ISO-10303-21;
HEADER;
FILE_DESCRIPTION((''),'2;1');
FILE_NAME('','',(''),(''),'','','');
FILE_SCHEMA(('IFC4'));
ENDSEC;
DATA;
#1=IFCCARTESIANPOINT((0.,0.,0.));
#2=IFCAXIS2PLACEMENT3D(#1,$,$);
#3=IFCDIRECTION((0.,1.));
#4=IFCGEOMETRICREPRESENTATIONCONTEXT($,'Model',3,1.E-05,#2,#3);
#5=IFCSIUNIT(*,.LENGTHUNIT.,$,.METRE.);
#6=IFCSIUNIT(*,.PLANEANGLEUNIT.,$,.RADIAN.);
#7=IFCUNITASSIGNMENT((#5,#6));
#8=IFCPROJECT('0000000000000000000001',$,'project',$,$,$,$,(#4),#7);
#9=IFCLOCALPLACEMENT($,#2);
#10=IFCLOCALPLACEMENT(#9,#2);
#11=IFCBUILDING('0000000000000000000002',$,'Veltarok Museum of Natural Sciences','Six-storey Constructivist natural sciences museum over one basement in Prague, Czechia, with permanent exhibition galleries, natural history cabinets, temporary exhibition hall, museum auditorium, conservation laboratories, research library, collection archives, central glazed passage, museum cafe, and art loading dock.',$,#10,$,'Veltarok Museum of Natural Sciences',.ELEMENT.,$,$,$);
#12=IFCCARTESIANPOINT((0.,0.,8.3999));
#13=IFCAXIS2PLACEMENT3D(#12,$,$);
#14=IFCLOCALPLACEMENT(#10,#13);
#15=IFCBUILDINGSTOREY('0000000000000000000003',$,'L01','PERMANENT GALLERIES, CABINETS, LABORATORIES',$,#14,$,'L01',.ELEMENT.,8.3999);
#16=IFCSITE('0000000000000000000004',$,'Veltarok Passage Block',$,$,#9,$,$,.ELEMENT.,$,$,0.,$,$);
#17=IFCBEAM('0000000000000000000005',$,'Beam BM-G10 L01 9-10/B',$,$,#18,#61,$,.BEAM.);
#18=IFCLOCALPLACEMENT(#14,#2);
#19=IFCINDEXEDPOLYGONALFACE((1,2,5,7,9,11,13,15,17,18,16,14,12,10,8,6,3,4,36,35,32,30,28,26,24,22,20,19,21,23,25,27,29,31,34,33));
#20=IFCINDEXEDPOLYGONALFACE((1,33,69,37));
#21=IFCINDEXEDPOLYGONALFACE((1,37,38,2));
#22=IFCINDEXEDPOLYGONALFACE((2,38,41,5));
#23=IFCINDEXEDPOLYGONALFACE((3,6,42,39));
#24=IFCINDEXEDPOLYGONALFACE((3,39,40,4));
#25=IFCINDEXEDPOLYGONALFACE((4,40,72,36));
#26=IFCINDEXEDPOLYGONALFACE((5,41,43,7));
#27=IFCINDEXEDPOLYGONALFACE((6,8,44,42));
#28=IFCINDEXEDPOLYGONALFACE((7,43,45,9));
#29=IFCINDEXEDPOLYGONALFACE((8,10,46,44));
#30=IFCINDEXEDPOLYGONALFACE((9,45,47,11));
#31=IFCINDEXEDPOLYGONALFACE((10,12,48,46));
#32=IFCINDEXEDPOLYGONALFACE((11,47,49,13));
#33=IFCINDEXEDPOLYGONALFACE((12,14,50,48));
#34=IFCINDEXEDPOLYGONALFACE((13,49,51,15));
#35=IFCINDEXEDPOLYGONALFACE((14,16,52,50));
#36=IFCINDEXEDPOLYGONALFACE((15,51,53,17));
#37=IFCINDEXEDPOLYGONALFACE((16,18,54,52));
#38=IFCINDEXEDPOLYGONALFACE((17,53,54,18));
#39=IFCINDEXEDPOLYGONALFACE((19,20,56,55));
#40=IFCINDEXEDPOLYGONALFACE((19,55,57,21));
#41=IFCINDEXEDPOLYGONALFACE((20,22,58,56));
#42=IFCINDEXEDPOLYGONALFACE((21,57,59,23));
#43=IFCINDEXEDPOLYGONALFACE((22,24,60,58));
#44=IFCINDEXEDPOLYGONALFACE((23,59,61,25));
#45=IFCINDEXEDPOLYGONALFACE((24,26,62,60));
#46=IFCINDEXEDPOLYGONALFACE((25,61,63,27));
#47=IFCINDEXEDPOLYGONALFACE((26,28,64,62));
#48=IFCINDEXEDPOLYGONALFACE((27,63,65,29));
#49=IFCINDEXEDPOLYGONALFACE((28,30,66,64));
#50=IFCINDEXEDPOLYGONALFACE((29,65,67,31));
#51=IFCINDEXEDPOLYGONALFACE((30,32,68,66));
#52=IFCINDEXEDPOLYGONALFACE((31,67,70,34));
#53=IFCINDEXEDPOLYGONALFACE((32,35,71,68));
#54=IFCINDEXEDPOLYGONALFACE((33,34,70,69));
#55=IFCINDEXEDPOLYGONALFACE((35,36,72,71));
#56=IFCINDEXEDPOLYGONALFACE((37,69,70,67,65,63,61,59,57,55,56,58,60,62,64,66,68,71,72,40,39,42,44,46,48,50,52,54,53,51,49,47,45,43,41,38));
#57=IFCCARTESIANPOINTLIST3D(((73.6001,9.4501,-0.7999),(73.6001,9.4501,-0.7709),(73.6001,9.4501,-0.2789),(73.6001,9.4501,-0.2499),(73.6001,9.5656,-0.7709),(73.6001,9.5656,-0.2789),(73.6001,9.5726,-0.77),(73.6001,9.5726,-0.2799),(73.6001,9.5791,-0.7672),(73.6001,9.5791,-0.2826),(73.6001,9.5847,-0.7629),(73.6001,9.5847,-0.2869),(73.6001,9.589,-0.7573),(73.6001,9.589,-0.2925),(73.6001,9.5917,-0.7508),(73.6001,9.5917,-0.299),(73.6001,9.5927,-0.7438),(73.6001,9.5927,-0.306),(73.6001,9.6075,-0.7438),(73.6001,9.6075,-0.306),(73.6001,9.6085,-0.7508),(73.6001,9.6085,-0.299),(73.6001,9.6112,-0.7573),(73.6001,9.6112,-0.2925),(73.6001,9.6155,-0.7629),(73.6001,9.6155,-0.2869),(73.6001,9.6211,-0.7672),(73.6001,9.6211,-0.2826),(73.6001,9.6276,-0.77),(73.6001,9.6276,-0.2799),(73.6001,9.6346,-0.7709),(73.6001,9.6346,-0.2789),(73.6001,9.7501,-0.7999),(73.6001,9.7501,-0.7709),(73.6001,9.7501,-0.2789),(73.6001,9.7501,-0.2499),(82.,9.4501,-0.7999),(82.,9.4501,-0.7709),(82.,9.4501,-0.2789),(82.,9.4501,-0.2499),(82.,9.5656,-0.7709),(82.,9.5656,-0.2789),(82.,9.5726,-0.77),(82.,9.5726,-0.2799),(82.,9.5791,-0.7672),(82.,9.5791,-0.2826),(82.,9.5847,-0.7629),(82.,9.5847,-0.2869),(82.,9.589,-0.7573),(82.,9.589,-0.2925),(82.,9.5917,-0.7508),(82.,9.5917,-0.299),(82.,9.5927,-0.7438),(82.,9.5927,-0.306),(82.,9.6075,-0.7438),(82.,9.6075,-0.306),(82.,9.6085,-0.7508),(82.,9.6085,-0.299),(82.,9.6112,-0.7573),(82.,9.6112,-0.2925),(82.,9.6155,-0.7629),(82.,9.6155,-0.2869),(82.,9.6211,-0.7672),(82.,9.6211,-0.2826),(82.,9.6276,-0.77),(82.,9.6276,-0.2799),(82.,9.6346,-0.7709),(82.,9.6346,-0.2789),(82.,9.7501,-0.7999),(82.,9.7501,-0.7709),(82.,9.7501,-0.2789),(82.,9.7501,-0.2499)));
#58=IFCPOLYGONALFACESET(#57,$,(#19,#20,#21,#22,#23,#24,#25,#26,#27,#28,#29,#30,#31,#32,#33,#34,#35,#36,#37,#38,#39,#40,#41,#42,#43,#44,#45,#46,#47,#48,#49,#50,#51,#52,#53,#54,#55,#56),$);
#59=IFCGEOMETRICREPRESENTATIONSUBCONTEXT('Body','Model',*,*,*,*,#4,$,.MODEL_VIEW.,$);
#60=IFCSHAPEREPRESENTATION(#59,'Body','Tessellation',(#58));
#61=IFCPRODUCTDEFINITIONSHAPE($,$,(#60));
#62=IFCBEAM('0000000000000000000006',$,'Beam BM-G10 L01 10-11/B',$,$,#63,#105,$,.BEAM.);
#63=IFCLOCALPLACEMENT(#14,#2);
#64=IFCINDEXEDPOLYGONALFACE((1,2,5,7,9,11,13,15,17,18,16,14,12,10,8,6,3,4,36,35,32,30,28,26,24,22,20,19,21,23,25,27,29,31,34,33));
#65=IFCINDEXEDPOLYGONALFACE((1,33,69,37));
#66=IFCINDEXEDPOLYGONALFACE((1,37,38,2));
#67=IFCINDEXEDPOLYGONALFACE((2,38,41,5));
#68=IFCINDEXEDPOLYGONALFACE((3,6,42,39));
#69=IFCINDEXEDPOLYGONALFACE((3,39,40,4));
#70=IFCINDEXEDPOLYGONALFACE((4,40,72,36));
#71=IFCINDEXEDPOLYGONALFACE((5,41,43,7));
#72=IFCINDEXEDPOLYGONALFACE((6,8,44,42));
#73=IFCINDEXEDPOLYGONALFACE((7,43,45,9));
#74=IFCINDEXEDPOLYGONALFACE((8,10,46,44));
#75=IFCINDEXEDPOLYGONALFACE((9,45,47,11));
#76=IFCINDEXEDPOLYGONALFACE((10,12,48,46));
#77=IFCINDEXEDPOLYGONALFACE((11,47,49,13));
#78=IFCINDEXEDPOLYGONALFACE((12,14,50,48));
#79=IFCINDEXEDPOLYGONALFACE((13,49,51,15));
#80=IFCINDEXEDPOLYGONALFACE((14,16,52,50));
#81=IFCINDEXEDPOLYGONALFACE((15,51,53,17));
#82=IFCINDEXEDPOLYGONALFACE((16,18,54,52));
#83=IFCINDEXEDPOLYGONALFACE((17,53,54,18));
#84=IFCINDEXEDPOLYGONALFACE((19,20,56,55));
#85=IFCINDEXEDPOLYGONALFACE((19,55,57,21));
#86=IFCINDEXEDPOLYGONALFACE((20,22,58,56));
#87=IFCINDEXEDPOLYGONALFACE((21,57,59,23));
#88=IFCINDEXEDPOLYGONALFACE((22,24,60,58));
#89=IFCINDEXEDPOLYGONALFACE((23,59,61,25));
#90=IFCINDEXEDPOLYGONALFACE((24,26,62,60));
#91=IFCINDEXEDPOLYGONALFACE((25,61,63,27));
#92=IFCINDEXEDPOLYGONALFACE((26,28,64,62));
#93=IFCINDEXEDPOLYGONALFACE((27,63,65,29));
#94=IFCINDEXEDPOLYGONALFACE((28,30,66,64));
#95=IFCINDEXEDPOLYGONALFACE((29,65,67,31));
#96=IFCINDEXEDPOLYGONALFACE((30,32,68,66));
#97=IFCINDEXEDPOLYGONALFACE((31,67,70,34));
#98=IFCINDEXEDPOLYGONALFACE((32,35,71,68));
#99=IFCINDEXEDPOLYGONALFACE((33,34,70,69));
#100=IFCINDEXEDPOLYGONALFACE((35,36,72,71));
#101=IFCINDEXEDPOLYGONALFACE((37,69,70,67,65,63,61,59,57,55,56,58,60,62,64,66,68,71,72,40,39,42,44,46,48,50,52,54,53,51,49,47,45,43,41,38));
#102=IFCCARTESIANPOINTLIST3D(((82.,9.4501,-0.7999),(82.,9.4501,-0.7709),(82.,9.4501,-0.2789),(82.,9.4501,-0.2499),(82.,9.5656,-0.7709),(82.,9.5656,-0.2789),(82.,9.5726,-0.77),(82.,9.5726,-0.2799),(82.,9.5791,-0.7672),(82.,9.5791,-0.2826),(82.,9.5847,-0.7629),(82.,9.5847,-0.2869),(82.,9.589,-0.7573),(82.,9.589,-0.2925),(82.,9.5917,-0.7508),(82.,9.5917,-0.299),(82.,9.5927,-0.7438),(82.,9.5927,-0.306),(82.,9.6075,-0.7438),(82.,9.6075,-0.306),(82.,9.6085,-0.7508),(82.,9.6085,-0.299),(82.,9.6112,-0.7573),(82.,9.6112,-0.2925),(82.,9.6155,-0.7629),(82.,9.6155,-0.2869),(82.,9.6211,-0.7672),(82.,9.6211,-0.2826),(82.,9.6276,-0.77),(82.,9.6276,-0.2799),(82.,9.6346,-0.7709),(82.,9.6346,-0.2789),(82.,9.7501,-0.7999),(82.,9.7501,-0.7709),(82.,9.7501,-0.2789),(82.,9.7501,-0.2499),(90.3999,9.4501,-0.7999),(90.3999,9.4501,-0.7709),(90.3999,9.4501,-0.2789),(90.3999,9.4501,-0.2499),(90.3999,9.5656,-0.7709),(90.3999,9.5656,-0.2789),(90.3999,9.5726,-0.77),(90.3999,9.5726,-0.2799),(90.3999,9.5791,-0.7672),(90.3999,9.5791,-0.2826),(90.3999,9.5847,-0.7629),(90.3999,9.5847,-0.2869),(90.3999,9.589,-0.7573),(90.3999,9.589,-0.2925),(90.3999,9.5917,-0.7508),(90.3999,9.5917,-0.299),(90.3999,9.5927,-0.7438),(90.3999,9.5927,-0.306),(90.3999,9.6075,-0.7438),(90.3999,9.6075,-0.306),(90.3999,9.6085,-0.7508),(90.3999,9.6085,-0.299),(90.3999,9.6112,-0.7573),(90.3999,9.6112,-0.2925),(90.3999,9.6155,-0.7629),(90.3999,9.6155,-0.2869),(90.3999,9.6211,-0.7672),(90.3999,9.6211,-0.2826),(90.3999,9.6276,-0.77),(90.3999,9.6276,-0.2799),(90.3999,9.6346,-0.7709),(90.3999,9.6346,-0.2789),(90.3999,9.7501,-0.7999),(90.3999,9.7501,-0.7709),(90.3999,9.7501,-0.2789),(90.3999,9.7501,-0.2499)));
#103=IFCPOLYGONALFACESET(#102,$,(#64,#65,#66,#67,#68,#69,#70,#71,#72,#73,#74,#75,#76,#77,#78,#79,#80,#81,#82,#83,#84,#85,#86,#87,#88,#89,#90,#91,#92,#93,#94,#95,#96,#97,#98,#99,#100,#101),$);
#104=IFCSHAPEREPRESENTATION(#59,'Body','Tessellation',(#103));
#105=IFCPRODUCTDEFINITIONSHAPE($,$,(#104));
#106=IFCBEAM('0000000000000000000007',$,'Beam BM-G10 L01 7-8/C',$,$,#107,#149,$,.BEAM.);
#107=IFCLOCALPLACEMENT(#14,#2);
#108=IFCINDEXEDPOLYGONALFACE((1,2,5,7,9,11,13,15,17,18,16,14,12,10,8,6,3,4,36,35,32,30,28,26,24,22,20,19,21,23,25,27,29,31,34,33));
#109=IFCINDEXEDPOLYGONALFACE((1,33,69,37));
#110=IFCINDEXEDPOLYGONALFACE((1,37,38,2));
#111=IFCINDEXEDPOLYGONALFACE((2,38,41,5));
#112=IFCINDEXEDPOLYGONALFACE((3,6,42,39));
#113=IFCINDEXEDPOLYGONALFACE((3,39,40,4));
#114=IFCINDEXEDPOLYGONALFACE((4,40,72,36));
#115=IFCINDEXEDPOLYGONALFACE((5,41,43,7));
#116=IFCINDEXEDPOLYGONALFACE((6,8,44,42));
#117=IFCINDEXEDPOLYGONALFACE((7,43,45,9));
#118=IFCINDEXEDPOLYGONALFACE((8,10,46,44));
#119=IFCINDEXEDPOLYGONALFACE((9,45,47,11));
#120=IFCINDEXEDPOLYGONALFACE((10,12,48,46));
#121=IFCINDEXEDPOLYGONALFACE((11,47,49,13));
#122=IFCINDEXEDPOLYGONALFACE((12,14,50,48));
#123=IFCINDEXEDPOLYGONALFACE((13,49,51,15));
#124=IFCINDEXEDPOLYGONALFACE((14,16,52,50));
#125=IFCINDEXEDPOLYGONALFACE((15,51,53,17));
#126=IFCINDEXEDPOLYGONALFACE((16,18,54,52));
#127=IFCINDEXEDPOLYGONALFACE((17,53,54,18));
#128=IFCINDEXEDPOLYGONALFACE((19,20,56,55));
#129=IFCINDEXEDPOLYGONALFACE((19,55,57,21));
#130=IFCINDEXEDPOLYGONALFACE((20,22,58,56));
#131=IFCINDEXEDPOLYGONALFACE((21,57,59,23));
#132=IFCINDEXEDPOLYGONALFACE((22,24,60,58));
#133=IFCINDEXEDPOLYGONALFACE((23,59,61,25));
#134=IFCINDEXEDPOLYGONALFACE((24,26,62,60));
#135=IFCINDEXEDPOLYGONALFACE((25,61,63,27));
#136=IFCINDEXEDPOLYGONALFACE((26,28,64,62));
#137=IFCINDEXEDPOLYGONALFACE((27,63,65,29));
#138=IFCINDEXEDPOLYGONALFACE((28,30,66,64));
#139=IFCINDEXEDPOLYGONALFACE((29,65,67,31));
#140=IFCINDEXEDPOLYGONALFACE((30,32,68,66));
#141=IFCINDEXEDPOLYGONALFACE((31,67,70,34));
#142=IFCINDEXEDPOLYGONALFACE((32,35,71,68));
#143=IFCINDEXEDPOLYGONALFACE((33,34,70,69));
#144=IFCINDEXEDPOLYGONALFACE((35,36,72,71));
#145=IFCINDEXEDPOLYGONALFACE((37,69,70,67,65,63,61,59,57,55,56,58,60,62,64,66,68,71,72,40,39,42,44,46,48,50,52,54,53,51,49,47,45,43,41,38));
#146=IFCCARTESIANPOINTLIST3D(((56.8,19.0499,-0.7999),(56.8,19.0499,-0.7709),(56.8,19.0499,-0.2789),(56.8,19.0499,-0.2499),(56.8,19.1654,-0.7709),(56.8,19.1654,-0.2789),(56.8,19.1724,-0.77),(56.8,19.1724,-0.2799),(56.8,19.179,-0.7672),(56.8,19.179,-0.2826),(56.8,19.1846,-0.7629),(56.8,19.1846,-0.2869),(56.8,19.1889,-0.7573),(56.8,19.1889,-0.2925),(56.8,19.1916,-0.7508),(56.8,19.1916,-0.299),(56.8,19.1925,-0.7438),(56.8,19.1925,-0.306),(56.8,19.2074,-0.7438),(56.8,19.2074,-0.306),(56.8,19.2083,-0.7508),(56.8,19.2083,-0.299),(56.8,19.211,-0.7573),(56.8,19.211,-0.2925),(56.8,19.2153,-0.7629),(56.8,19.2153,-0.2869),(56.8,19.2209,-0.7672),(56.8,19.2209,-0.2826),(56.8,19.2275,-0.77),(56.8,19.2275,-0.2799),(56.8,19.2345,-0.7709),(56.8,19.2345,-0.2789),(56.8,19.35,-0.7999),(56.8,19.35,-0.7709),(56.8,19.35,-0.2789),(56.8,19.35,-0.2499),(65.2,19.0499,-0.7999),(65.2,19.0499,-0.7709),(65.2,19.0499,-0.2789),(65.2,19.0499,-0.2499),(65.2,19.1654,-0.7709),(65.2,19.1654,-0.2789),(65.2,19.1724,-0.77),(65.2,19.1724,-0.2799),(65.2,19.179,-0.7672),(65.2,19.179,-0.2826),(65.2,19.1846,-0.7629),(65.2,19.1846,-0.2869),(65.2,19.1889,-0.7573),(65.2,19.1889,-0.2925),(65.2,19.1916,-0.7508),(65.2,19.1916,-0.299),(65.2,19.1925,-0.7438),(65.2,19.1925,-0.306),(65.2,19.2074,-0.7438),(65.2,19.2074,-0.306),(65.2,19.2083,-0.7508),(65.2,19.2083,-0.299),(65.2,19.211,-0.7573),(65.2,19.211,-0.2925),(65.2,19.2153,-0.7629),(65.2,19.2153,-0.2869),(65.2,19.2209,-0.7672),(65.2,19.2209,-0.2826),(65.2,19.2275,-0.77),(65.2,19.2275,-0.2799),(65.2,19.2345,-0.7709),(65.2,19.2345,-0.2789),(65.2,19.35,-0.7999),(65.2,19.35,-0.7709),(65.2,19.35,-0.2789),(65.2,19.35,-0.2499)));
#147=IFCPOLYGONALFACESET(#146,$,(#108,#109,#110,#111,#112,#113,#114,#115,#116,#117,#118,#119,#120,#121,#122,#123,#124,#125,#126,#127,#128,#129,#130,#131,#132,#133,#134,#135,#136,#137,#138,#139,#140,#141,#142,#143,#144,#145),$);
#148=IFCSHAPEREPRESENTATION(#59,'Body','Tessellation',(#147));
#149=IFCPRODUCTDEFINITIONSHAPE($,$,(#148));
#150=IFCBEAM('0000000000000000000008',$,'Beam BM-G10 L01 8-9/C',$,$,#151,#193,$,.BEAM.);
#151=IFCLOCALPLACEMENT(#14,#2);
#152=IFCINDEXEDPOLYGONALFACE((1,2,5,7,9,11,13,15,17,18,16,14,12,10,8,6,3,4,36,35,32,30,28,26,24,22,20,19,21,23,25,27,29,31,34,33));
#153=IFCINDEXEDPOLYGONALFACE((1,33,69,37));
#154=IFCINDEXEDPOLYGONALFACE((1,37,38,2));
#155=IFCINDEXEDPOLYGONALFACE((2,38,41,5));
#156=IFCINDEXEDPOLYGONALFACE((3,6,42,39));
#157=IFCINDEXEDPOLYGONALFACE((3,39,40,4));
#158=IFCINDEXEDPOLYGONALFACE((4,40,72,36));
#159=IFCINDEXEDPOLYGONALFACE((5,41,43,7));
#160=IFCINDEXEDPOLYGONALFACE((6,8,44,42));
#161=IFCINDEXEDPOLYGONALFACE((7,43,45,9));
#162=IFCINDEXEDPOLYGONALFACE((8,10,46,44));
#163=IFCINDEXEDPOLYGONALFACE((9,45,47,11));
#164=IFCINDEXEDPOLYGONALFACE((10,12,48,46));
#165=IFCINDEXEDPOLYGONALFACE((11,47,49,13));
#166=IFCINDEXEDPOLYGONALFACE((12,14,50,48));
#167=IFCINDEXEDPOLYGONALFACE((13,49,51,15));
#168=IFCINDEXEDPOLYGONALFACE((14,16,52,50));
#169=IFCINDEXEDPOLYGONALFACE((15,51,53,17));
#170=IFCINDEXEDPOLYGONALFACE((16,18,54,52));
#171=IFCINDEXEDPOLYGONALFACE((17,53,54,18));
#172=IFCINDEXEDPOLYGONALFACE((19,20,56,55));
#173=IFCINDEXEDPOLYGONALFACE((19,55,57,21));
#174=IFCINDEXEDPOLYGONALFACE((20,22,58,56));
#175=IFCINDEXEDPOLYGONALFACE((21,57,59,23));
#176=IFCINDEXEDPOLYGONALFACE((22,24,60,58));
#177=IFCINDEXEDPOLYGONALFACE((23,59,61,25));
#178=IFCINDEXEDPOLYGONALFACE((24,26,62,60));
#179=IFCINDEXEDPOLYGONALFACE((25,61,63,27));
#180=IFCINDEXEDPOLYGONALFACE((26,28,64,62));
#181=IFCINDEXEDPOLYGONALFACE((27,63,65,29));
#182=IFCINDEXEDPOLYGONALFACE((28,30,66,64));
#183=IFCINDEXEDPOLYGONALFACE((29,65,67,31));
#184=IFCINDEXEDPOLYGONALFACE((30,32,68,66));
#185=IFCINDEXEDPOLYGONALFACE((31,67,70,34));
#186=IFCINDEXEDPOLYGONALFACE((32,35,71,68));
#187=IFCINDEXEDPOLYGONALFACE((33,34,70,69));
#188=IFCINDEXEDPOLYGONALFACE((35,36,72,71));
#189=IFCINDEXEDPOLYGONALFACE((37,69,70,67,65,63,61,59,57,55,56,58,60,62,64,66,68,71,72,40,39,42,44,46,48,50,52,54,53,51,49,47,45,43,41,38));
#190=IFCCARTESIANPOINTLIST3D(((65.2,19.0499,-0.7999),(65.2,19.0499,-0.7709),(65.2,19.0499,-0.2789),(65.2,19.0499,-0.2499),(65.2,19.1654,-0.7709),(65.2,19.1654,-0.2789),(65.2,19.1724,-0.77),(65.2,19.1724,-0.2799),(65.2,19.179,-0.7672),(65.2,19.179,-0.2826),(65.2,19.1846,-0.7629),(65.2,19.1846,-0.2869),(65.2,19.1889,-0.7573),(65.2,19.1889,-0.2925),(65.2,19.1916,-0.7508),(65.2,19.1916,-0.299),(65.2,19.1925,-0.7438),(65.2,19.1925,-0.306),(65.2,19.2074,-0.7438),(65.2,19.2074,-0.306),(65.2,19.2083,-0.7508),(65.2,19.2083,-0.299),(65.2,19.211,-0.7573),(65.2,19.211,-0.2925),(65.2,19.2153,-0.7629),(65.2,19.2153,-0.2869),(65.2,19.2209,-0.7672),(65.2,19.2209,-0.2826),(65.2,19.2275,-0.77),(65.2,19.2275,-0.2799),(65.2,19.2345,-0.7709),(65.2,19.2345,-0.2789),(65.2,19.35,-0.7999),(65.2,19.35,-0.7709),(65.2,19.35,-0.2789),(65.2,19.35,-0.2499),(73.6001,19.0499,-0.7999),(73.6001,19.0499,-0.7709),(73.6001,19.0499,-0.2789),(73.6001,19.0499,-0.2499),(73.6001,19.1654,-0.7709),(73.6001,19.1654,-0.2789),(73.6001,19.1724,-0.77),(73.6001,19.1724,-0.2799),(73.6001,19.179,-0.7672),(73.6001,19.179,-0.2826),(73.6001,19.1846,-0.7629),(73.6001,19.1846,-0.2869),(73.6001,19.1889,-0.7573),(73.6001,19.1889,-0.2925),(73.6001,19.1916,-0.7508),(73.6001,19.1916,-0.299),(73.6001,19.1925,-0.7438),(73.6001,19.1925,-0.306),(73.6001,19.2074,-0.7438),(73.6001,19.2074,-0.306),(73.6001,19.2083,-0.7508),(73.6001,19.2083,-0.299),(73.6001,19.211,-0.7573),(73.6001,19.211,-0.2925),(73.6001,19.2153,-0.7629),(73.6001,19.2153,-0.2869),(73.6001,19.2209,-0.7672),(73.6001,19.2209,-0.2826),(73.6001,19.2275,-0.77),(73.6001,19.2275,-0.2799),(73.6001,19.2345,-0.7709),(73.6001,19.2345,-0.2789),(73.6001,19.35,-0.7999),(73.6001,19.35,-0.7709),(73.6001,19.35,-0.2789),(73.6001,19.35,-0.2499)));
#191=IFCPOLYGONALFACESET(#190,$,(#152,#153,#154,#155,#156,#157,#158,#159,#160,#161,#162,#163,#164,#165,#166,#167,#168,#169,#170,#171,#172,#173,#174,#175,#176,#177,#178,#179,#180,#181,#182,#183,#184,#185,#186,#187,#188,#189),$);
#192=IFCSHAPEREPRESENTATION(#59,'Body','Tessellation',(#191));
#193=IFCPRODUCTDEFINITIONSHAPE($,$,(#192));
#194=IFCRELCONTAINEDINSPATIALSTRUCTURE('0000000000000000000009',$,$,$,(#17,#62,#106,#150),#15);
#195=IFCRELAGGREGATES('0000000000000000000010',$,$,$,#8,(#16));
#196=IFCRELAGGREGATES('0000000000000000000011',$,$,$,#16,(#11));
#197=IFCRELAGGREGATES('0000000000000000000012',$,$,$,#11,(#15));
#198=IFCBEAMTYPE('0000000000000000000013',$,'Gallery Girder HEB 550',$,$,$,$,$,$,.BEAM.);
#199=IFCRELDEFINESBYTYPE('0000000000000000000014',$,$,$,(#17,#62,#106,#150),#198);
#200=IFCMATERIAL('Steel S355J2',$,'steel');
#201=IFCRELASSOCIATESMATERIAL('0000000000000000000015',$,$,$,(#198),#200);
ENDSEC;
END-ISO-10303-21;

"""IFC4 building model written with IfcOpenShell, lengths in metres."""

from ifc_helpers import new_model, si_unit, direction, frame, origin, origin_2d, place, context, subcontext, project, spatial, i_section, extrude, material, material_profile, profile_set, type_object, element, save


model = new_model("IFC4")

# Units and contexts
model_context = context("Model", 3, precision=1e-05, world=origin(), true_north=direction((0.0, 1.0)))
body_context = subcontext(model_context, "Body", "Model", "MODEL_VIEW")
ifc_project = project(units=[si_unit("LENGTHUNIT", "METRE"), si_unit("PLANEANGLEUNIT", "RADIAN")], contexts=[model_context])

# Site, building, storey
site_placement = place(None, origin())
site = spatial("IfcSite", under=ifc_project, at=site_placement, Name="Veltarok Passage Block", CompositionType="ELEMENT", RefElevation=0.0)
building_placement = place(site_placement, origin())
building = spatial("IfcBuilding", under=site, at=building_placement, Name="Veltarok Museum of Natural Sciences", Description="Six-storey Constructivist natural sciences museum over one basement in Prague, Czechia, with permanent exhibition galleries, natural history cabinets, temporary exhibition hall, museum auditorium, conservation laboratories, research library, collection archives, central glazed passage, museum cafe, and art loading dock.", LongName="Veltarok Museum of Natural Sciences", CompositionType="ELEMENT")
storey_placement = place(building_placement, frame((0.0, 0.0, 8.3999)))
storey = spatial("IfcBuildingStorey", under=building, at=storey_placement, Name="L01", Description="PERMANENT GALLERIES, CABINETS, LABORATORIES", LongName="L01", CompositionType="ELEMENT", Elevation=8.3999)

# Shared definitions
ifc_material_1 = material(Name="Steel S355J2", Category="steel")

# Beams
ifc_material_profile_1 = material_profile(ifc_material_1, i_section(OverallWidth=0.3, OverallDepth=0.55, WebThickness=0.0149, FlangeThickness=0.0291, FilletRadius=0.0271, at=origin_2d()), Name="HEB 550")
ifc_profile_set_1 = profile_set([ifc_material_profile_1], Name="Steel S355J2")
beam_type_1 = type_object("IfcBeamType", Name="Gallery Girder HEB 550", PredefinedType="BEAM", material=ifc_profile_set_1)
for number, where, z_axis, x_axis, name in (
    (1, (73.6001, 9.6001, -0.5249), (1.0, 0.0, 0.0), (0.0, 1.0, 0.0), "Beam BM-G10 L01 9-10/B"),
    (2, (82.0, 9.6001, -0.5249), (1.0, 0.0, 0.0), (0.0, 1.0, 0.0), "Beam BM-G10 L01 10-11/B"),
    (3, (56.8, 19.2, -0.5249), (1.0, 0.0, 0.0), (0.0, 1.0, 0.0), "Beam BM-G10 L01 7-8/C"),
):
    element("IfcBeam", number, at=place(storey_placement, frame(where, z_axis=z_axis, x_axis=x_axis)), inside=storey, type_object=beam_type_1, Name=name, PredefinedType="BEAM", context=body_context, shape_type="SweptSolid", body=[
        extrude(i_section(OverallWidth=0.3, OverallDepth=0.55, WebThickness=0.0149, FlangeThickness=0.0291, FilletRadius=0.0271, at=origin_2d()), origin(), (0.0, 0.0, 1.0), 8.3999),
    ])
beam_1_placement = place(storey_placement, frame((65.2, 19.2, -0.5249), z_axis=(1.0, 0.0, 0.0), x_axis=(0.0, 1.0, 0.0)))
element("IfcBeam", 4, at=beam_1_placement, inside=storey, type_object=beam_type_1, Name="Beam BM-G10 L01 8-9/C", PredefinedType="BEAM", context=body_context, shape_type="SweptSolid", body=[
    extrude(i_section(OverallWidth=0.3, OverallDepth=0.55, WebThickness=0.0149, FlangeThickness=0.0291, FilletRadius=0.0271, at=origin_2d()), origin(), (0.0, 0.0, 1.0), 8.4001),
])

save(model, "model.ifc")
